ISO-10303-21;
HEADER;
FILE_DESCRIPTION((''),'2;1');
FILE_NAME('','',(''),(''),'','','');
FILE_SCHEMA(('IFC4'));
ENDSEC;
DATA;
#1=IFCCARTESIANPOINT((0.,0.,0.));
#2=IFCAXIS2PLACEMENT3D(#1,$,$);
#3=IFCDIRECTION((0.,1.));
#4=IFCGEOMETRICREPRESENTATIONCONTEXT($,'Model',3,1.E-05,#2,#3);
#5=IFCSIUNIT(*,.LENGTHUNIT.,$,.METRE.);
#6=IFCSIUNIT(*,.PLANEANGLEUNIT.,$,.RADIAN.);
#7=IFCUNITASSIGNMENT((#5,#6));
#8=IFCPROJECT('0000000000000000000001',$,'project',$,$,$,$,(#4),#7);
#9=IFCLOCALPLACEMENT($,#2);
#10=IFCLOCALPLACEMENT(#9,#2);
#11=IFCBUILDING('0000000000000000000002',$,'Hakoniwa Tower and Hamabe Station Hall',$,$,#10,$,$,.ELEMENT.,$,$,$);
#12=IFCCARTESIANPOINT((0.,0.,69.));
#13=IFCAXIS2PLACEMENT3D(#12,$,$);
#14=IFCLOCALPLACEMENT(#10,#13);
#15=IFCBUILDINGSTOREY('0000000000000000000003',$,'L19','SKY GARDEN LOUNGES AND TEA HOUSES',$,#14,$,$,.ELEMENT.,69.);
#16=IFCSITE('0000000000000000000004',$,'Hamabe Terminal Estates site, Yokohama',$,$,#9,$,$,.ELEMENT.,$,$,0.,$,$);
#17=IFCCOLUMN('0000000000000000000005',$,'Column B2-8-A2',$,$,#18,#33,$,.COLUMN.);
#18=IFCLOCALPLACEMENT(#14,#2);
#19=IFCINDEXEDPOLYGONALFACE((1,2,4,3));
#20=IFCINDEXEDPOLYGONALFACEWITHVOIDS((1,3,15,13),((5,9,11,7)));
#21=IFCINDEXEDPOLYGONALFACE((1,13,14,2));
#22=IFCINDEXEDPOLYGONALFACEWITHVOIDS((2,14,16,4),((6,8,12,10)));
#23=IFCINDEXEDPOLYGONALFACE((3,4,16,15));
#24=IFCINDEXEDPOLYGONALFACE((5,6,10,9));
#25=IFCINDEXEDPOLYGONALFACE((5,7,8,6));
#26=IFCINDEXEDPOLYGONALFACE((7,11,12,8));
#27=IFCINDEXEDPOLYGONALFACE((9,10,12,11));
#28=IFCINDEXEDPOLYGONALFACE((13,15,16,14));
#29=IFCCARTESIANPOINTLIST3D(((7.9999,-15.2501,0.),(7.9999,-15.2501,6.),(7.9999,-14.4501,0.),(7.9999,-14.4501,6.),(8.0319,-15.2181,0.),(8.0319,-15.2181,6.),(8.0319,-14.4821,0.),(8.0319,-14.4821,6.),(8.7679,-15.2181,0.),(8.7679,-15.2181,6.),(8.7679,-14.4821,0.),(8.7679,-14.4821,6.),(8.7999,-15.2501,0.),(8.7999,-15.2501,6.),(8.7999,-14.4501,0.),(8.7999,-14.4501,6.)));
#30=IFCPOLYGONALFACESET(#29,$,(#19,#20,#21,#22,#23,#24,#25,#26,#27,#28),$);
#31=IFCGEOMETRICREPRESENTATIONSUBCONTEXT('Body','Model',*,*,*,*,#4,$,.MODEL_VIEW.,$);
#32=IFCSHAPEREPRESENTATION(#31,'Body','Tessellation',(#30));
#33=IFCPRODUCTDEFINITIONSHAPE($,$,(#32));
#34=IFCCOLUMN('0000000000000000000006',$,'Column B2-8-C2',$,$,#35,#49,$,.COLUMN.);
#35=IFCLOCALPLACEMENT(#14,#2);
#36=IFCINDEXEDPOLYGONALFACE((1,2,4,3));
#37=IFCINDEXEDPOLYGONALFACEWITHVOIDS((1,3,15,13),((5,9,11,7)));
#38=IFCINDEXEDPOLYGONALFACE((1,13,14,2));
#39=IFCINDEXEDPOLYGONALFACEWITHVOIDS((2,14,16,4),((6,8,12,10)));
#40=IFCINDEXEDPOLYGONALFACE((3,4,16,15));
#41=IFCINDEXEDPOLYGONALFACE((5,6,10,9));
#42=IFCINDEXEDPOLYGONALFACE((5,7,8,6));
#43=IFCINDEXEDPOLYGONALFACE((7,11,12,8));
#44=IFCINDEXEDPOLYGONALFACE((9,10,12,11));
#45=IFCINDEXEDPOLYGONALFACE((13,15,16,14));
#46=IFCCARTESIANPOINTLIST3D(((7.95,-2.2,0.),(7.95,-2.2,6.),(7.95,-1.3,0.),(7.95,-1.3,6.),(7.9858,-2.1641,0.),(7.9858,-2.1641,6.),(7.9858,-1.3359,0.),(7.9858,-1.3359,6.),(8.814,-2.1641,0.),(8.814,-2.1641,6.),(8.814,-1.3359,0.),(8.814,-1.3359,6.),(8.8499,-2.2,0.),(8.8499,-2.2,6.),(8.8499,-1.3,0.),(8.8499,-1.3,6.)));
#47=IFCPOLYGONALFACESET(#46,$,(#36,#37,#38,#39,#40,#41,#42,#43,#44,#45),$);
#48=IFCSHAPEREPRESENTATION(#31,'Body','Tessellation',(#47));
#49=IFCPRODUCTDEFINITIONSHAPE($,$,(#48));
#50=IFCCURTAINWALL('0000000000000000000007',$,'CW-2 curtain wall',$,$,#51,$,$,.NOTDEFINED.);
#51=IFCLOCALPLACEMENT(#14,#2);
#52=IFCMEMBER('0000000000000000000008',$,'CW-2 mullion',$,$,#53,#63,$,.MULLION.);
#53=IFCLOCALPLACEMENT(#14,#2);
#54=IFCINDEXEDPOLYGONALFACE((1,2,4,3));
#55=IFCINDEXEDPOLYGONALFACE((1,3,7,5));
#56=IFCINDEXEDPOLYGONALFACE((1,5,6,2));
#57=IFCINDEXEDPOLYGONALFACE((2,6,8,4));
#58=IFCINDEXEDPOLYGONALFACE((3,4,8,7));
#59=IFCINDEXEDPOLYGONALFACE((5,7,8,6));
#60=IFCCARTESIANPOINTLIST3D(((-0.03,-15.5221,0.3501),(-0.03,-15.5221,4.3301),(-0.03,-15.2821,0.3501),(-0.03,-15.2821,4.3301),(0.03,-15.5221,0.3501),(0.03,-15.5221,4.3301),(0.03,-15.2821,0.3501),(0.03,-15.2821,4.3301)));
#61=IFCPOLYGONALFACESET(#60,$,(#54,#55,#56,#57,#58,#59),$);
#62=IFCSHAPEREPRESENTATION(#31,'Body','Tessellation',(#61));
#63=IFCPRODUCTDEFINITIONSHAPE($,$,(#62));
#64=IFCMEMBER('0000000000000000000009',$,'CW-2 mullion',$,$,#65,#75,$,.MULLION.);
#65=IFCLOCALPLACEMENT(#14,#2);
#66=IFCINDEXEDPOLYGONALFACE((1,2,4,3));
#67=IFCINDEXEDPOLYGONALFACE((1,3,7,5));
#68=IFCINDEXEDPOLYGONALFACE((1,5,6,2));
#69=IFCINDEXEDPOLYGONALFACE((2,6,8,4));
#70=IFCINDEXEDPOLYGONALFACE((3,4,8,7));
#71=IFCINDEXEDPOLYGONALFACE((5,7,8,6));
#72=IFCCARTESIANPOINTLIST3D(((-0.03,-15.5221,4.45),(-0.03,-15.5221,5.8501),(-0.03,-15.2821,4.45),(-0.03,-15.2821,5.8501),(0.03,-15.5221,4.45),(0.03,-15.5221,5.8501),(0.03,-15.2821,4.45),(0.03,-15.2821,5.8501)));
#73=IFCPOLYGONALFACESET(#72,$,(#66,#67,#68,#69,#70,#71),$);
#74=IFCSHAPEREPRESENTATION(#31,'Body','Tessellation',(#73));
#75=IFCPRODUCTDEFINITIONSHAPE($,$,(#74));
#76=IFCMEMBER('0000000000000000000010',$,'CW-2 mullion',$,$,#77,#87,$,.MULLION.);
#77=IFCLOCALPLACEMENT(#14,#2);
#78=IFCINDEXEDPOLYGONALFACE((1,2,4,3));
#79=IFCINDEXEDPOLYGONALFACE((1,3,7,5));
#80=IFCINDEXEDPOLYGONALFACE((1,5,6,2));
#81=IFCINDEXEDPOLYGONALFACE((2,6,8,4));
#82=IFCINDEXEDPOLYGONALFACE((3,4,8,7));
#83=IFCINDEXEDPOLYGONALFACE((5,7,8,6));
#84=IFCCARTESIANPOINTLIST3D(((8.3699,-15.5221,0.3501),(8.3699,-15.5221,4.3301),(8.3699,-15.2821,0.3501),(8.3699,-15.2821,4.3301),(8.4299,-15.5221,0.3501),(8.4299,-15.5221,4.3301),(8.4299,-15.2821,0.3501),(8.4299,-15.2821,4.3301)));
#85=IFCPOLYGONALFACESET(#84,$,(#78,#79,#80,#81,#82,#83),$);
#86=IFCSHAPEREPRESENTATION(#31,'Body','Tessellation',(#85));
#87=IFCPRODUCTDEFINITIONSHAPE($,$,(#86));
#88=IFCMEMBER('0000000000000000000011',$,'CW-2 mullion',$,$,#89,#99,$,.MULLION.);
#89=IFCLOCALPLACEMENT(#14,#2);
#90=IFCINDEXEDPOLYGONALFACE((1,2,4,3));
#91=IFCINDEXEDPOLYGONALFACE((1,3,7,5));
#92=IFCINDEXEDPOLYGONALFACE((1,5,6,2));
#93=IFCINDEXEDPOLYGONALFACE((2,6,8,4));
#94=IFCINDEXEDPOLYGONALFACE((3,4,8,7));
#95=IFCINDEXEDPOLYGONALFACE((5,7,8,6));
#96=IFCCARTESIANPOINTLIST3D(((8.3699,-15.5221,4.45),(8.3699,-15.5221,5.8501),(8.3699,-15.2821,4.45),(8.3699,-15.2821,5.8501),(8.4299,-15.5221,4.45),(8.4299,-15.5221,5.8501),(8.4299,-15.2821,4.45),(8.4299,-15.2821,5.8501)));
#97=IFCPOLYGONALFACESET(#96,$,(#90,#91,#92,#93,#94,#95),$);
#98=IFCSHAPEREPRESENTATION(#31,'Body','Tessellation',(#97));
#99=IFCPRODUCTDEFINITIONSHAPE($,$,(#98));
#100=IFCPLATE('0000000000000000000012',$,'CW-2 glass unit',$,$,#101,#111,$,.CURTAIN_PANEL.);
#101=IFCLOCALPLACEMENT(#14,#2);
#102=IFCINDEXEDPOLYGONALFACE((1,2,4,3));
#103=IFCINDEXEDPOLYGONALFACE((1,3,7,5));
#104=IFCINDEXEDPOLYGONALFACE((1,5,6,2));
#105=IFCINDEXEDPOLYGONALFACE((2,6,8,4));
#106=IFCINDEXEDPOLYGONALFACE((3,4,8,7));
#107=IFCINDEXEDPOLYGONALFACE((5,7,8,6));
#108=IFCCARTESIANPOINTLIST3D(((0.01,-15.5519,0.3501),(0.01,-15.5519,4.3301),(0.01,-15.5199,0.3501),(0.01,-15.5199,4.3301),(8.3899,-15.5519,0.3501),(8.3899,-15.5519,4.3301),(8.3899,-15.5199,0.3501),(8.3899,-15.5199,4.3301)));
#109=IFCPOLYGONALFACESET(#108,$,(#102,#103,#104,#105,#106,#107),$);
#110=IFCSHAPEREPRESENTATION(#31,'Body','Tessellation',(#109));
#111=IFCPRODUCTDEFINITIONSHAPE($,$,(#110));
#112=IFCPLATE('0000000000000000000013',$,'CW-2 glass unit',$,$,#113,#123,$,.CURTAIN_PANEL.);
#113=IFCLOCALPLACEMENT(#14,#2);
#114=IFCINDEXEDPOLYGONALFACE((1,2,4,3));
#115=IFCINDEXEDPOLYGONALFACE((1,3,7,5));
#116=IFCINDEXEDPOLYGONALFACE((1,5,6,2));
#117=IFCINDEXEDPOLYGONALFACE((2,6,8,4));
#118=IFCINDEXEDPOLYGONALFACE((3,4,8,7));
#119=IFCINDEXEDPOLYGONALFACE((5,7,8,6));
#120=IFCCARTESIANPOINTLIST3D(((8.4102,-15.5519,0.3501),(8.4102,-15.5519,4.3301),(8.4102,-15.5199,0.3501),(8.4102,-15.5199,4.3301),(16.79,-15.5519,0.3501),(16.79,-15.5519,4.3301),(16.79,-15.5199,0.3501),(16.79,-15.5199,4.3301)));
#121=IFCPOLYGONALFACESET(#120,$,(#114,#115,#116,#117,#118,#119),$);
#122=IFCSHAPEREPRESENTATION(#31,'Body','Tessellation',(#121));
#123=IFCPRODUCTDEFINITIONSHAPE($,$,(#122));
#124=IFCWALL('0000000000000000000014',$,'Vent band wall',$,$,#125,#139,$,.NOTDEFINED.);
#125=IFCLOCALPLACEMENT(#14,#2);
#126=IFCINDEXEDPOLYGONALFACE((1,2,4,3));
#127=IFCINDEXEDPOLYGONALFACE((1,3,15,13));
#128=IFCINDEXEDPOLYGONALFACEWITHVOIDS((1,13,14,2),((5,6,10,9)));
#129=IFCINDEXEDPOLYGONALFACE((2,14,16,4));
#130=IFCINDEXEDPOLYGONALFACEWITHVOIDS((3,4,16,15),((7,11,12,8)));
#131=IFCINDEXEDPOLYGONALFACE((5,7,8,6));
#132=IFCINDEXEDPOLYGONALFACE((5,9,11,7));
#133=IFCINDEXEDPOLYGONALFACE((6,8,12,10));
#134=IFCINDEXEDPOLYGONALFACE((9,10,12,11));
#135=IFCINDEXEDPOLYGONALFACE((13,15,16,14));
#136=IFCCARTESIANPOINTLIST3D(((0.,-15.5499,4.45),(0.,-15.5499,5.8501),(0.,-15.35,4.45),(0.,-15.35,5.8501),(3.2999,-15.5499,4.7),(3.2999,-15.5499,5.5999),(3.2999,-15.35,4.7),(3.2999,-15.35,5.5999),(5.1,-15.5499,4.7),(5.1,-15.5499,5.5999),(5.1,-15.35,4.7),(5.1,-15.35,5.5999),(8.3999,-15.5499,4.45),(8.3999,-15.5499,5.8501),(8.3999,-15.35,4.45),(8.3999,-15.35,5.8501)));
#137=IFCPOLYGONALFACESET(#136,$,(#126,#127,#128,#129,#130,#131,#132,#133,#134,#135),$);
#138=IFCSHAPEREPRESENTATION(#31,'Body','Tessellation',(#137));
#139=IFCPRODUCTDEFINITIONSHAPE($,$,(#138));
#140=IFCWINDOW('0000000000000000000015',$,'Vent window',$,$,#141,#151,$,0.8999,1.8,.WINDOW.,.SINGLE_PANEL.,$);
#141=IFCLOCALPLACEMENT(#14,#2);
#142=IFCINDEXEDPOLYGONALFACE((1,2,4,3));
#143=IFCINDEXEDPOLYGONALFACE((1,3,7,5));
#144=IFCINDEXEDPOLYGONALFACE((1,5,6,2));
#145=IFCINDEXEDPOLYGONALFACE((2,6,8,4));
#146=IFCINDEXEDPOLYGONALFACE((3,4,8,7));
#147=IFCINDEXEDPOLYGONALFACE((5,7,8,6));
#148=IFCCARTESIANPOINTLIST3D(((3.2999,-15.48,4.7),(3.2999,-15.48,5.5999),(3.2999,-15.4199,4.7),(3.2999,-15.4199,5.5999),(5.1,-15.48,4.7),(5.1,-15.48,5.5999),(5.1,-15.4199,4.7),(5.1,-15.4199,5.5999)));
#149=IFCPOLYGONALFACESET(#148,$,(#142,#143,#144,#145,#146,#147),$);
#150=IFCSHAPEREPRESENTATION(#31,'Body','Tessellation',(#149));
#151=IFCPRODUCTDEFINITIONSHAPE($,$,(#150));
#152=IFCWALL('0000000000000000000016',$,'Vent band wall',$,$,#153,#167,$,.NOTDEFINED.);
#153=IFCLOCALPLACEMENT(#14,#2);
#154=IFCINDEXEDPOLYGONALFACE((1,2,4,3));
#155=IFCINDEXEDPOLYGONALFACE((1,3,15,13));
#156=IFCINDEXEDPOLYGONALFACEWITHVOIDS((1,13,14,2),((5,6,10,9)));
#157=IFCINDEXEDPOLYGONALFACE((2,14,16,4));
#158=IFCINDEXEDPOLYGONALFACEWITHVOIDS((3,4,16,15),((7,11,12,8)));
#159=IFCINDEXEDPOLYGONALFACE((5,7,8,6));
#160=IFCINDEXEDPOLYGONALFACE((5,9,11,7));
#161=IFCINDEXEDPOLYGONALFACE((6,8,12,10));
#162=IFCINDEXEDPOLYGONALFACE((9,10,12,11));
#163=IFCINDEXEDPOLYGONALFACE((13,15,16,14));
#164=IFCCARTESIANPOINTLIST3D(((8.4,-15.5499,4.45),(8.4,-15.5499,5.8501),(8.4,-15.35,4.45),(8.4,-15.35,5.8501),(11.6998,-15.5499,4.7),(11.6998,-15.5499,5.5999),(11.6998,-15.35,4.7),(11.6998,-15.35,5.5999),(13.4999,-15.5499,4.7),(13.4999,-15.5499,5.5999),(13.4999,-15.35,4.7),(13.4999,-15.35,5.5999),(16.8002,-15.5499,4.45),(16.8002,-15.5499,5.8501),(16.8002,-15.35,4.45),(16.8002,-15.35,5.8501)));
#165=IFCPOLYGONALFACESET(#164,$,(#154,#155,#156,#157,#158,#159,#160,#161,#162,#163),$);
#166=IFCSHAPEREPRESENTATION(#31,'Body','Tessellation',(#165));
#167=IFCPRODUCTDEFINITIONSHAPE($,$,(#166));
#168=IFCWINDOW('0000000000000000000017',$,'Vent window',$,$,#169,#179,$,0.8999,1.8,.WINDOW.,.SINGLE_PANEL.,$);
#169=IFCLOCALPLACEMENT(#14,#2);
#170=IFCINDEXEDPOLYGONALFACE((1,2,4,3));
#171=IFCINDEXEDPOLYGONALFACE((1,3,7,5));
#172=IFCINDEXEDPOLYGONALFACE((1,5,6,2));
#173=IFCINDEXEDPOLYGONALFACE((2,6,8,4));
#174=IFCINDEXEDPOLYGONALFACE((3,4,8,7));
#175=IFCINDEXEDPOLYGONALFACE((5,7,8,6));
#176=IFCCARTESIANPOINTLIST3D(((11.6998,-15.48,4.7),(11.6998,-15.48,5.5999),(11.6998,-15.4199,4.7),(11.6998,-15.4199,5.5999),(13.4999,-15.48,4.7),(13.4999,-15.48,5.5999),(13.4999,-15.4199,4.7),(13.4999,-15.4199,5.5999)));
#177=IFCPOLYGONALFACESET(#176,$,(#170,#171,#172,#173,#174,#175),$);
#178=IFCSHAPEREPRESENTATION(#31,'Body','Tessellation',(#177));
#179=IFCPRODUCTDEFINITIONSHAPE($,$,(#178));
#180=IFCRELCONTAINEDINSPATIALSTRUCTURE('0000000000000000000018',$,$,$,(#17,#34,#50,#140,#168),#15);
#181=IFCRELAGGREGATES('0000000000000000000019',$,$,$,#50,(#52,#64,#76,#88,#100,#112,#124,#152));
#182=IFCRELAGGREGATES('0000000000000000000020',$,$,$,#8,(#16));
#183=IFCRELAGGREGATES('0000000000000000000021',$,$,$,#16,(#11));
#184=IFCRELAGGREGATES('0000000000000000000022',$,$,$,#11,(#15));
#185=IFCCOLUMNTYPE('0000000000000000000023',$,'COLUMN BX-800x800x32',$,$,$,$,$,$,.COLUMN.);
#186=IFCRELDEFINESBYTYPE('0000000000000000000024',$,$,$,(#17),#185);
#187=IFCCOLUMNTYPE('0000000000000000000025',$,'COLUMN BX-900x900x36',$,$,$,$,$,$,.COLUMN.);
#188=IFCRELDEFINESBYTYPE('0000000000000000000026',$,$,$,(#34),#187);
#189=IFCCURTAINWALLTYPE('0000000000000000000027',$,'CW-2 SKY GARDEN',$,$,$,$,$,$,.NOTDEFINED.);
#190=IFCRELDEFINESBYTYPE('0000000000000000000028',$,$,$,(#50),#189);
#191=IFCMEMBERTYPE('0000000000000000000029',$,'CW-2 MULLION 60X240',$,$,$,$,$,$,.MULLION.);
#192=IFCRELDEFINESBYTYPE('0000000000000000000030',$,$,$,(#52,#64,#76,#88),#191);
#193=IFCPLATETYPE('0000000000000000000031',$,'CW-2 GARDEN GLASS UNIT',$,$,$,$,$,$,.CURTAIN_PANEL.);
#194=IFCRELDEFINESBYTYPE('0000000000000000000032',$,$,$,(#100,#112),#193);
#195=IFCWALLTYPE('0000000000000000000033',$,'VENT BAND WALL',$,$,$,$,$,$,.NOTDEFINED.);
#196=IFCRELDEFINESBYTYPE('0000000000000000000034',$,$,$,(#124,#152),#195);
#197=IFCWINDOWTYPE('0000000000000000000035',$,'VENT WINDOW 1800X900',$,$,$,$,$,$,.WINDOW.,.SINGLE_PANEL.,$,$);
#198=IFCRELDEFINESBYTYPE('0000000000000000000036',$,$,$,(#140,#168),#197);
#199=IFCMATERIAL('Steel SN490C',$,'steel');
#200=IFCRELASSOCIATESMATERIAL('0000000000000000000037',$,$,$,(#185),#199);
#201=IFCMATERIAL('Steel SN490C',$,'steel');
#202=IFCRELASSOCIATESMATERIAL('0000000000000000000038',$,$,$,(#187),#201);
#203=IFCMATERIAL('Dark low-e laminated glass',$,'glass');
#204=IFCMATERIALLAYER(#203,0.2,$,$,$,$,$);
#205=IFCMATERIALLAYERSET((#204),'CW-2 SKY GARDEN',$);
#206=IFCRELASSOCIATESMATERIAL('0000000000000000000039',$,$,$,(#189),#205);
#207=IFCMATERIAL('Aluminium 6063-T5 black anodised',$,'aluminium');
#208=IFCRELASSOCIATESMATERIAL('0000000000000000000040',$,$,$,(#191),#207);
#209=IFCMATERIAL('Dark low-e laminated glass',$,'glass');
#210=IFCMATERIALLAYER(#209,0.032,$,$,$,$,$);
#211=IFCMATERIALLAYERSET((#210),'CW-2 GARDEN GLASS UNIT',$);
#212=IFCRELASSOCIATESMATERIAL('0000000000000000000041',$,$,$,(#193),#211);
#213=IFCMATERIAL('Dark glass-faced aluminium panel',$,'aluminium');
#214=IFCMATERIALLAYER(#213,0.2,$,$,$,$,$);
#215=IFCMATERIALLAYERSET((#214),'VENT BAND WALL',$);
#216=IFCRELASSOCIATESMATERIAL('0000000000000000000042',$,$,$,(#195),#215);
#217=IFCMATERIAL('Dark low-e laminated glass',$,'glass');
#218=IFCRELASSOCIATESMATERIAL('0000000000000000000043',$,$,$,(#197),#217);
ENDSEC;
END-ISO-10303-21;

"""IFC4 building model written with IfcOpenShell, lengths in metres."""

from ifc_helpers import new_model, si_unit, direction, frame, frame_2d, origin, origin_2d, place, context, subcontext, project, spatial, rectangle, hollow_rectangle, extrude, material, layer, layer_set, material_profile, profile_set, type_object, element, fill, aggregate, save


model = new_model("IFC4")

# Units and contexts
model_context = context("Model", 3, precision=1e-05, world=origin(), true_north=direction((0.0, 1.0)))
body_context = subcontext(model_context, "Body", "Model", "MODEL_VIEW")
ifc_project = project(units=[si_unit("LENGTHUNIT", "METRE"), si_unit("PLANEANGLEUNIT", "RADIAN")], contexts=[model_context])

# Site, building, storey
site_placement = place(None, origin())
site = spatial("IfcSite", under=ifc_project, at=site_placement, Name="Hamabe Terminal Estates site, Yokohama", CompositionType="ELEMENT", RefElevation=0.0)
building_placement = place(site_placement, origin())
building = spatial("IfcBuilding", under=site, at=building_placement, Name="Hakoniwa Tower and Hamabe Station Hall", CompositionType="ELEMENT")
storey_placement = place(building_placement, frame((0.0, 0.0, 69.0)))
storey = spatial("IfcBuildingStorey", under=building, at=storey_placement, Name="L19", Description="SKY GARDEN LOUNGES AND TEA HOUSES", CompositionType="ELEMENT", Elevation=69.0)

# Columns
ifc_material_1 = material(Name="Steel SN490C", Category="steel")
ifc_material_profile_1 = material_profile(ifc_material_1, hollow_rectangle(XDim=0.8, YDim=0.8, WallThickness=0.032, at=origin_2d()), Name="BX-800x800x32")
ifc_profile_set_1 = profile_set([ifc_material_profile_1], Name="Steel SN490C")
column_type_1 = type_object("IfcColumnType", Name="COLUMN BX-800x800x32", PredefinedType="COLUMN", material=ifc_profile_set_1)
column_1_placement = place(storey_placement, frame((8.3999, -14.8501, 0.0), z_axis=(0.0, 0.0, 1.0), x_axis=(1.0, 0.0, 0.0)))
element("IfcColumn", 1, at=column_1_placement, inside=storey, type_object=column_type_1, Name="Column B2-8-A2", PredefinedType="COLUMN", context=body_context, shape_type="SweptSolid", body=[
    extrude(hollow_rectangle(XDim=0.8, YDim=0.8, WallThickness=0.032, at=origin_2d()), origin(), (0.0, 0.0, 1.0), 6.0),
])
ifc_material_2 = material(Name="Steel SN490C", Category="steel")
ifc_material_profile_2 = material_profile(ifc_material_2, hollow_rectangle(XDim=0.8999, YDim=0.8999, WallThickness=0.0359, at=origin_2d()), Name="BX-900x900x36")
ifc_profile_set_2 = profile_set([ifc_material_profile_2], Name="Steel SN490C")
column_type_2 = type_object("IfcColumnType", Name="COLUMN BX-900x900x36", PredefinedType="COLUMN", material=ifc_profile_set_2)
column_2_placement = place(storey_placement, frame((8.3999, -1.75, 0.0), z_axis=(0.0, 0.0, 1.0), x_axis=(1.0, 0.0, 0.0)))
element("IfcColumn", 2, at=column_2_placement, inside=storey, type_object=column_type_2, Name="Column B2-8-C2", PredefinedType="COLUMN", context=body_context, shape_type="SweptSolid", body=[
    extrude(hollow_rectangle(XDim=0.8999, YDim=0.8999, WallThickness=0.0359, at=origin_2d()), origin(), (0.0, 0.0, 1.0), 6.0),
])

# Curtain wall, members, plates, walls, openings, windows
ifc_material_3 = material(Name="Dark low-e laminated glass", Category="glass")
ifc_layer_1 = layer(ifc_material_3, 0.2)
ifc_layer_set_1 = layer_set([ifc_layer_1], Name="CW-2 SKY GARDEN")
curtain_wall_type = type_object("IfcCurtainWallType", Name="CW-2 SKY GARDEN", PredefinedType="NOTDEFINED", material=ifc_layer_set_1)
curtain_wall_placement = place(storey_placement, origin())
curtain_wall = element("IfcCurtainWall", 3, at=curtain_wall_placement, inside=storey, type_object=curtain_wall_type, Name="CW-2 curtain wall", PredefinedType="NOTDEFINED")
ifc_material_4 = material(Name="Aluminium 6063-T5 black anodised", Category="aluminium")
ifc_material_profile_3 = material_profile(ifc_material_4, rectangle(XDim=0.0601, YDim=0.24, at=origin_2d()), Name="CW-2 MULLION 60X240")
ifc_profile_set_3 = profile_set([ifc_material_profile_3], Name="Aluminium 6063-T5 black anodised")
member_type = type_object("IfcMemberType", Name="CW-2 MULLION 60X240", PredefinedType="MULLION", material=ifc_profile_set_3)
member_1_placement = place(storey_placement, frame((0.0, -15.4021, 0.3501), z_axis=(0.0, 0.0, 1.0), x_axis=(1.0, 0.0, 0.0)))
member_1 = element("IfcMember", 4, at=member_1_placement, type_object=member_type, Name="CW-2 mullion", PredefinedType="MULLION", context=body_context, shape_type="SweptSolid", body=[
    extrude(rectangle(XDim=0.0601, YDim=0.24, at=origin_2d()), origin(), (0.0, 0.0, 1.0), 3.98),
])
member_2_placement = place(storey_placement, frame((0.0, -15.4021, 4.45), z_axis=(0.0, 0.0, 1.0), x_axis=(1.0, 0.0, 0.0)))
member_2 = element("IfcMember", 5, at=member_2_placement, type_object=member_type, Name="CW-2 mullion", PredefinedType="MULLION", context=body_context, shape_type="SweptSolid", body=[
    extrude(rectangle(XDim=0.0601, YDim=0.24, at=origin_2d()), origin(), (0.0, 0.0, 1.0), 1.4001),
])
member_3_placement = place(storey_placement, frame((8.3999, -15.4021, 0.3501), z_axis=(0.0, 0.0, 1.0), x_axis=(1.0, 0.0, 0.0)))
member_3 = element("IfcMember", 6, at=member_3_placement, type_object=member_type, Name="CW-2 mullion", PredefinedType="MULLION", context=body_context, shape_type="SweptSolid", body=[
    extrude(rectangle(XDim=0.0601, YDim=0.24, at=origin_2d()), origin(), (0.0, 0.0, 1.0), 3.98),
])
member_4_placement = place(storey_placement, frame((8.3999, -15.4021, 4.45), z_axis=(0.0, 0.0, 1.0), x_axis=(1.0, 0.0, 0.0)))
member_4 = element("IfcMember", 7, at=member_4_placement, type_object=member_type, Name="CW-2 mullion", PredefinedType="MULLION", context=body_context, shape_type="SweptSolid", body=[
    extrude(rectangle(XDim=0.0601, YDim=0.24, at=origin_2d()), origin(), (0.0, 0.0, 1.0), 1.4001),
])
ifc_material_5 = material(Name="Dark low-e laminated glass", Category="glass")
ifc_layer_2 = layer(ifc_material_5, 0.032)
ifc_layer_set_2 = layer_set([ifc_layer_2], Name="CW-2 GARDEN GLASS UNIT")
plate_type = type_object("IfcPlateType", Name="CW-2 GARDEN GLASS UNIT", PredefinedType="CURTAIN_PANEL", material=ifc_layer_set_2)
plate_1_placement = place(storey_placement, frame((4.2, -15.5359, 0.3501), z_axis=(0.0, 0.0, 1.0), x_axis=(1.0, 0.0, 0.0)))
plate_1 = element("IfcPlate", 8, at=plate_1_placement, type_object=plate_type, Name="CW-2 glass unit", PredefinedType="CURTAIN_PANEL", context=body_context, shape_type="SweptSolid", body=[
    extrude(rectangle(XDim=8.3799, YDim=0.032, at=origin_2d()), origin(), (0.0, 0.0, 1.0), 3.98),
])
plate_2_placement = place(storey_placement, frame((12.6001, -15.5359, 0.3501), z_axis=(0.0, 0.0, 1.0), x_axis=(1.0, 0.0, 0.0)))
plate_2 = element("IfcPlate", 9, at=plate_2_placement, type_object=plate_type, Name="CW-2 glass unit", PredefinedType="CURTAIN_PANEL", context=body_context, shape_type="SweptSolid", body=[
    extrude(rectangle(XDim=8.3799, YDim=0.032, at=origin_2d()), origin(), (0.0, 0.0, 1.0), 3.98),
])
ifc_material_6 = material(Name="Dark glass-faced aluminium panel", Category="aluminium")
ifc_layer_3 = layer(ifc_material_6, 0.2)
ifc_layer_set_3 = layer_set([ifc_layer_3], Name="VENT BAND WALL")
wall_type = type_object("IfcWallType", Name="VENT BAND WALL", PredefinedType="NOTDEFINED", material=ifc_layer_set_3)
wall_1_placement = place(storey_placement, frame((0.0, -15.45, 4.45), z_axis=(0.0, 0.0, 1.0), x_axis=(1.0, 0.0, 0.0)))
wall_1 = element("IfcWall", 10, at=wall_1_placement, type_object=wall_type, Name="Vent band wall", PredefinedType="NOTDEFINED", context=body_context, shape_type="SweptSolid", body=[
    extrude(rectangle(XDim=8.3999, YDim=0.2, at=frame_2d((4.2, 0.0))), origin(), (0.0, 0.0, 1.0), 1.4001),
])
opening_1_placement = place(wall_1_placement, frame((3.3, 0.0, 0.25)))
opening_1 = element("IfcOpeningElement", 11, at=opening_1_placement, cuts=wall_1, PredefinedType="OPENING", context=body_context, shape_type="SweptSolid", body=[
    extrude(rectangle(XDim=1.8, YDim=0.8999, at=frame_2d((0.8999, 0.45))), frame((0.0, 0.1099, 0.0), z_axis=(0.0, -1.0, 0.0), x_axis=(1.0, 0.0, 0.0)), (0.0, 0.0, 1.0), 0.22),
])
ifc_material_7 = material(Name="Dark low-e laminated glass", Category="glass")
window_type = type_object("IfcWindowType", Name="VENT WINDOW 1800X900", PartitioningType="SINGLE_PANEL", PredefinedType="WINDOW", material=ifc_material_7)
window_1_placement = place(opening_1_placement, origin())
window_1 = element("IfcWindow", 12, at=window_1_placement, inside=storey, type_object=window_type, Name="Vent window", OverallHeight=0.8999, OverallWidth=1.8, PartitioningType="SINGLE_PANEL", PredefinedType="WINDOW", context=body_context, shape_type="SweptSolid", body=[
    extrude(rectangle(XDim=1.8, YDim=0.8999, at=frame_2d((0.8999, 0.45))), frame((0.0, 0.03, 0.0), z_axis=(0.0, -1.0, 0.0), x_axis=(1.0, 0.0, 0.0)), (0.0, 0.0, 1.0), 0.0601),
])
fill(opening_1, window_1)
wall_2_placement = place(storey_placement, frame((8.3999, -15.45, 4.45), z_axis=(0.0, 0.0, 1.0), x_axis=(1.0, 0.0, 0.0)))
wall_2 = element("IfcWall", 13, at=wall_2_placement, type_object=wall_type, Name="Vent band wall", PredefinedType="NOTDEFINED", context=body_context, shape_type="SweptSolid", body=[
    extrude(rectangle(XDim=8.4001, YDim=0.2, at=frame_2d((4.2002, 0.0))), origin(), (0.0, 0.0, 1.0), 1.4001),
])
opening_2_placement = place(wall_2_placement, frame((3.3, 0.0, 0.25)))
opening_2 = element("IfcOpeningElement", 14, at=opening_2_placement, cuts=wall_2, PredefinedType="OPENING", context=body_context, shape_type="SweptSolid", body=[
    extrude(rectangle(XDim=1.8, YDim=0.8999, at=frame_2d((0.8999, 0.45))), frame((0.0, 0.1099, 0.0), z_axis=(0.0, -1.0, 0.0), x_axis=(1.0, 0.0, 0.0)), (0.0, 0.0, 1.0), 0.22),
])
window_2_placement = place(opening_2_placement, origin())
window_2 = element("IfcWindow", 15, at=window_2_placement, inside=storey, type_object=window_type, Name="Vent window", OverallHeight=0.8999, OverallWidth=1.8, PartitioningType="SINGLE_PANEL", PredefinedType="WINDOW", context=body_context, shape_type="SweptSolid", body=[
    extrude(rectangle(XDim=1.8, YDim=0.8999, at=frame_2d((0.8999, 0.45))), frame((0.0, 0.03, 0.0), z_axis=(0.0, -1.0, 0.0), x_axis=(1.0, 0.0, 0.0)), (0.0, 0.0, 1.0), 0.0601),
])
fill(opening_2, window_2)
aggregate(curtain_wall, [member_1, member_2, member_3, member_4, plate_1, plate_2, wall_1, wall_2])

save(model, "model.ifc")
